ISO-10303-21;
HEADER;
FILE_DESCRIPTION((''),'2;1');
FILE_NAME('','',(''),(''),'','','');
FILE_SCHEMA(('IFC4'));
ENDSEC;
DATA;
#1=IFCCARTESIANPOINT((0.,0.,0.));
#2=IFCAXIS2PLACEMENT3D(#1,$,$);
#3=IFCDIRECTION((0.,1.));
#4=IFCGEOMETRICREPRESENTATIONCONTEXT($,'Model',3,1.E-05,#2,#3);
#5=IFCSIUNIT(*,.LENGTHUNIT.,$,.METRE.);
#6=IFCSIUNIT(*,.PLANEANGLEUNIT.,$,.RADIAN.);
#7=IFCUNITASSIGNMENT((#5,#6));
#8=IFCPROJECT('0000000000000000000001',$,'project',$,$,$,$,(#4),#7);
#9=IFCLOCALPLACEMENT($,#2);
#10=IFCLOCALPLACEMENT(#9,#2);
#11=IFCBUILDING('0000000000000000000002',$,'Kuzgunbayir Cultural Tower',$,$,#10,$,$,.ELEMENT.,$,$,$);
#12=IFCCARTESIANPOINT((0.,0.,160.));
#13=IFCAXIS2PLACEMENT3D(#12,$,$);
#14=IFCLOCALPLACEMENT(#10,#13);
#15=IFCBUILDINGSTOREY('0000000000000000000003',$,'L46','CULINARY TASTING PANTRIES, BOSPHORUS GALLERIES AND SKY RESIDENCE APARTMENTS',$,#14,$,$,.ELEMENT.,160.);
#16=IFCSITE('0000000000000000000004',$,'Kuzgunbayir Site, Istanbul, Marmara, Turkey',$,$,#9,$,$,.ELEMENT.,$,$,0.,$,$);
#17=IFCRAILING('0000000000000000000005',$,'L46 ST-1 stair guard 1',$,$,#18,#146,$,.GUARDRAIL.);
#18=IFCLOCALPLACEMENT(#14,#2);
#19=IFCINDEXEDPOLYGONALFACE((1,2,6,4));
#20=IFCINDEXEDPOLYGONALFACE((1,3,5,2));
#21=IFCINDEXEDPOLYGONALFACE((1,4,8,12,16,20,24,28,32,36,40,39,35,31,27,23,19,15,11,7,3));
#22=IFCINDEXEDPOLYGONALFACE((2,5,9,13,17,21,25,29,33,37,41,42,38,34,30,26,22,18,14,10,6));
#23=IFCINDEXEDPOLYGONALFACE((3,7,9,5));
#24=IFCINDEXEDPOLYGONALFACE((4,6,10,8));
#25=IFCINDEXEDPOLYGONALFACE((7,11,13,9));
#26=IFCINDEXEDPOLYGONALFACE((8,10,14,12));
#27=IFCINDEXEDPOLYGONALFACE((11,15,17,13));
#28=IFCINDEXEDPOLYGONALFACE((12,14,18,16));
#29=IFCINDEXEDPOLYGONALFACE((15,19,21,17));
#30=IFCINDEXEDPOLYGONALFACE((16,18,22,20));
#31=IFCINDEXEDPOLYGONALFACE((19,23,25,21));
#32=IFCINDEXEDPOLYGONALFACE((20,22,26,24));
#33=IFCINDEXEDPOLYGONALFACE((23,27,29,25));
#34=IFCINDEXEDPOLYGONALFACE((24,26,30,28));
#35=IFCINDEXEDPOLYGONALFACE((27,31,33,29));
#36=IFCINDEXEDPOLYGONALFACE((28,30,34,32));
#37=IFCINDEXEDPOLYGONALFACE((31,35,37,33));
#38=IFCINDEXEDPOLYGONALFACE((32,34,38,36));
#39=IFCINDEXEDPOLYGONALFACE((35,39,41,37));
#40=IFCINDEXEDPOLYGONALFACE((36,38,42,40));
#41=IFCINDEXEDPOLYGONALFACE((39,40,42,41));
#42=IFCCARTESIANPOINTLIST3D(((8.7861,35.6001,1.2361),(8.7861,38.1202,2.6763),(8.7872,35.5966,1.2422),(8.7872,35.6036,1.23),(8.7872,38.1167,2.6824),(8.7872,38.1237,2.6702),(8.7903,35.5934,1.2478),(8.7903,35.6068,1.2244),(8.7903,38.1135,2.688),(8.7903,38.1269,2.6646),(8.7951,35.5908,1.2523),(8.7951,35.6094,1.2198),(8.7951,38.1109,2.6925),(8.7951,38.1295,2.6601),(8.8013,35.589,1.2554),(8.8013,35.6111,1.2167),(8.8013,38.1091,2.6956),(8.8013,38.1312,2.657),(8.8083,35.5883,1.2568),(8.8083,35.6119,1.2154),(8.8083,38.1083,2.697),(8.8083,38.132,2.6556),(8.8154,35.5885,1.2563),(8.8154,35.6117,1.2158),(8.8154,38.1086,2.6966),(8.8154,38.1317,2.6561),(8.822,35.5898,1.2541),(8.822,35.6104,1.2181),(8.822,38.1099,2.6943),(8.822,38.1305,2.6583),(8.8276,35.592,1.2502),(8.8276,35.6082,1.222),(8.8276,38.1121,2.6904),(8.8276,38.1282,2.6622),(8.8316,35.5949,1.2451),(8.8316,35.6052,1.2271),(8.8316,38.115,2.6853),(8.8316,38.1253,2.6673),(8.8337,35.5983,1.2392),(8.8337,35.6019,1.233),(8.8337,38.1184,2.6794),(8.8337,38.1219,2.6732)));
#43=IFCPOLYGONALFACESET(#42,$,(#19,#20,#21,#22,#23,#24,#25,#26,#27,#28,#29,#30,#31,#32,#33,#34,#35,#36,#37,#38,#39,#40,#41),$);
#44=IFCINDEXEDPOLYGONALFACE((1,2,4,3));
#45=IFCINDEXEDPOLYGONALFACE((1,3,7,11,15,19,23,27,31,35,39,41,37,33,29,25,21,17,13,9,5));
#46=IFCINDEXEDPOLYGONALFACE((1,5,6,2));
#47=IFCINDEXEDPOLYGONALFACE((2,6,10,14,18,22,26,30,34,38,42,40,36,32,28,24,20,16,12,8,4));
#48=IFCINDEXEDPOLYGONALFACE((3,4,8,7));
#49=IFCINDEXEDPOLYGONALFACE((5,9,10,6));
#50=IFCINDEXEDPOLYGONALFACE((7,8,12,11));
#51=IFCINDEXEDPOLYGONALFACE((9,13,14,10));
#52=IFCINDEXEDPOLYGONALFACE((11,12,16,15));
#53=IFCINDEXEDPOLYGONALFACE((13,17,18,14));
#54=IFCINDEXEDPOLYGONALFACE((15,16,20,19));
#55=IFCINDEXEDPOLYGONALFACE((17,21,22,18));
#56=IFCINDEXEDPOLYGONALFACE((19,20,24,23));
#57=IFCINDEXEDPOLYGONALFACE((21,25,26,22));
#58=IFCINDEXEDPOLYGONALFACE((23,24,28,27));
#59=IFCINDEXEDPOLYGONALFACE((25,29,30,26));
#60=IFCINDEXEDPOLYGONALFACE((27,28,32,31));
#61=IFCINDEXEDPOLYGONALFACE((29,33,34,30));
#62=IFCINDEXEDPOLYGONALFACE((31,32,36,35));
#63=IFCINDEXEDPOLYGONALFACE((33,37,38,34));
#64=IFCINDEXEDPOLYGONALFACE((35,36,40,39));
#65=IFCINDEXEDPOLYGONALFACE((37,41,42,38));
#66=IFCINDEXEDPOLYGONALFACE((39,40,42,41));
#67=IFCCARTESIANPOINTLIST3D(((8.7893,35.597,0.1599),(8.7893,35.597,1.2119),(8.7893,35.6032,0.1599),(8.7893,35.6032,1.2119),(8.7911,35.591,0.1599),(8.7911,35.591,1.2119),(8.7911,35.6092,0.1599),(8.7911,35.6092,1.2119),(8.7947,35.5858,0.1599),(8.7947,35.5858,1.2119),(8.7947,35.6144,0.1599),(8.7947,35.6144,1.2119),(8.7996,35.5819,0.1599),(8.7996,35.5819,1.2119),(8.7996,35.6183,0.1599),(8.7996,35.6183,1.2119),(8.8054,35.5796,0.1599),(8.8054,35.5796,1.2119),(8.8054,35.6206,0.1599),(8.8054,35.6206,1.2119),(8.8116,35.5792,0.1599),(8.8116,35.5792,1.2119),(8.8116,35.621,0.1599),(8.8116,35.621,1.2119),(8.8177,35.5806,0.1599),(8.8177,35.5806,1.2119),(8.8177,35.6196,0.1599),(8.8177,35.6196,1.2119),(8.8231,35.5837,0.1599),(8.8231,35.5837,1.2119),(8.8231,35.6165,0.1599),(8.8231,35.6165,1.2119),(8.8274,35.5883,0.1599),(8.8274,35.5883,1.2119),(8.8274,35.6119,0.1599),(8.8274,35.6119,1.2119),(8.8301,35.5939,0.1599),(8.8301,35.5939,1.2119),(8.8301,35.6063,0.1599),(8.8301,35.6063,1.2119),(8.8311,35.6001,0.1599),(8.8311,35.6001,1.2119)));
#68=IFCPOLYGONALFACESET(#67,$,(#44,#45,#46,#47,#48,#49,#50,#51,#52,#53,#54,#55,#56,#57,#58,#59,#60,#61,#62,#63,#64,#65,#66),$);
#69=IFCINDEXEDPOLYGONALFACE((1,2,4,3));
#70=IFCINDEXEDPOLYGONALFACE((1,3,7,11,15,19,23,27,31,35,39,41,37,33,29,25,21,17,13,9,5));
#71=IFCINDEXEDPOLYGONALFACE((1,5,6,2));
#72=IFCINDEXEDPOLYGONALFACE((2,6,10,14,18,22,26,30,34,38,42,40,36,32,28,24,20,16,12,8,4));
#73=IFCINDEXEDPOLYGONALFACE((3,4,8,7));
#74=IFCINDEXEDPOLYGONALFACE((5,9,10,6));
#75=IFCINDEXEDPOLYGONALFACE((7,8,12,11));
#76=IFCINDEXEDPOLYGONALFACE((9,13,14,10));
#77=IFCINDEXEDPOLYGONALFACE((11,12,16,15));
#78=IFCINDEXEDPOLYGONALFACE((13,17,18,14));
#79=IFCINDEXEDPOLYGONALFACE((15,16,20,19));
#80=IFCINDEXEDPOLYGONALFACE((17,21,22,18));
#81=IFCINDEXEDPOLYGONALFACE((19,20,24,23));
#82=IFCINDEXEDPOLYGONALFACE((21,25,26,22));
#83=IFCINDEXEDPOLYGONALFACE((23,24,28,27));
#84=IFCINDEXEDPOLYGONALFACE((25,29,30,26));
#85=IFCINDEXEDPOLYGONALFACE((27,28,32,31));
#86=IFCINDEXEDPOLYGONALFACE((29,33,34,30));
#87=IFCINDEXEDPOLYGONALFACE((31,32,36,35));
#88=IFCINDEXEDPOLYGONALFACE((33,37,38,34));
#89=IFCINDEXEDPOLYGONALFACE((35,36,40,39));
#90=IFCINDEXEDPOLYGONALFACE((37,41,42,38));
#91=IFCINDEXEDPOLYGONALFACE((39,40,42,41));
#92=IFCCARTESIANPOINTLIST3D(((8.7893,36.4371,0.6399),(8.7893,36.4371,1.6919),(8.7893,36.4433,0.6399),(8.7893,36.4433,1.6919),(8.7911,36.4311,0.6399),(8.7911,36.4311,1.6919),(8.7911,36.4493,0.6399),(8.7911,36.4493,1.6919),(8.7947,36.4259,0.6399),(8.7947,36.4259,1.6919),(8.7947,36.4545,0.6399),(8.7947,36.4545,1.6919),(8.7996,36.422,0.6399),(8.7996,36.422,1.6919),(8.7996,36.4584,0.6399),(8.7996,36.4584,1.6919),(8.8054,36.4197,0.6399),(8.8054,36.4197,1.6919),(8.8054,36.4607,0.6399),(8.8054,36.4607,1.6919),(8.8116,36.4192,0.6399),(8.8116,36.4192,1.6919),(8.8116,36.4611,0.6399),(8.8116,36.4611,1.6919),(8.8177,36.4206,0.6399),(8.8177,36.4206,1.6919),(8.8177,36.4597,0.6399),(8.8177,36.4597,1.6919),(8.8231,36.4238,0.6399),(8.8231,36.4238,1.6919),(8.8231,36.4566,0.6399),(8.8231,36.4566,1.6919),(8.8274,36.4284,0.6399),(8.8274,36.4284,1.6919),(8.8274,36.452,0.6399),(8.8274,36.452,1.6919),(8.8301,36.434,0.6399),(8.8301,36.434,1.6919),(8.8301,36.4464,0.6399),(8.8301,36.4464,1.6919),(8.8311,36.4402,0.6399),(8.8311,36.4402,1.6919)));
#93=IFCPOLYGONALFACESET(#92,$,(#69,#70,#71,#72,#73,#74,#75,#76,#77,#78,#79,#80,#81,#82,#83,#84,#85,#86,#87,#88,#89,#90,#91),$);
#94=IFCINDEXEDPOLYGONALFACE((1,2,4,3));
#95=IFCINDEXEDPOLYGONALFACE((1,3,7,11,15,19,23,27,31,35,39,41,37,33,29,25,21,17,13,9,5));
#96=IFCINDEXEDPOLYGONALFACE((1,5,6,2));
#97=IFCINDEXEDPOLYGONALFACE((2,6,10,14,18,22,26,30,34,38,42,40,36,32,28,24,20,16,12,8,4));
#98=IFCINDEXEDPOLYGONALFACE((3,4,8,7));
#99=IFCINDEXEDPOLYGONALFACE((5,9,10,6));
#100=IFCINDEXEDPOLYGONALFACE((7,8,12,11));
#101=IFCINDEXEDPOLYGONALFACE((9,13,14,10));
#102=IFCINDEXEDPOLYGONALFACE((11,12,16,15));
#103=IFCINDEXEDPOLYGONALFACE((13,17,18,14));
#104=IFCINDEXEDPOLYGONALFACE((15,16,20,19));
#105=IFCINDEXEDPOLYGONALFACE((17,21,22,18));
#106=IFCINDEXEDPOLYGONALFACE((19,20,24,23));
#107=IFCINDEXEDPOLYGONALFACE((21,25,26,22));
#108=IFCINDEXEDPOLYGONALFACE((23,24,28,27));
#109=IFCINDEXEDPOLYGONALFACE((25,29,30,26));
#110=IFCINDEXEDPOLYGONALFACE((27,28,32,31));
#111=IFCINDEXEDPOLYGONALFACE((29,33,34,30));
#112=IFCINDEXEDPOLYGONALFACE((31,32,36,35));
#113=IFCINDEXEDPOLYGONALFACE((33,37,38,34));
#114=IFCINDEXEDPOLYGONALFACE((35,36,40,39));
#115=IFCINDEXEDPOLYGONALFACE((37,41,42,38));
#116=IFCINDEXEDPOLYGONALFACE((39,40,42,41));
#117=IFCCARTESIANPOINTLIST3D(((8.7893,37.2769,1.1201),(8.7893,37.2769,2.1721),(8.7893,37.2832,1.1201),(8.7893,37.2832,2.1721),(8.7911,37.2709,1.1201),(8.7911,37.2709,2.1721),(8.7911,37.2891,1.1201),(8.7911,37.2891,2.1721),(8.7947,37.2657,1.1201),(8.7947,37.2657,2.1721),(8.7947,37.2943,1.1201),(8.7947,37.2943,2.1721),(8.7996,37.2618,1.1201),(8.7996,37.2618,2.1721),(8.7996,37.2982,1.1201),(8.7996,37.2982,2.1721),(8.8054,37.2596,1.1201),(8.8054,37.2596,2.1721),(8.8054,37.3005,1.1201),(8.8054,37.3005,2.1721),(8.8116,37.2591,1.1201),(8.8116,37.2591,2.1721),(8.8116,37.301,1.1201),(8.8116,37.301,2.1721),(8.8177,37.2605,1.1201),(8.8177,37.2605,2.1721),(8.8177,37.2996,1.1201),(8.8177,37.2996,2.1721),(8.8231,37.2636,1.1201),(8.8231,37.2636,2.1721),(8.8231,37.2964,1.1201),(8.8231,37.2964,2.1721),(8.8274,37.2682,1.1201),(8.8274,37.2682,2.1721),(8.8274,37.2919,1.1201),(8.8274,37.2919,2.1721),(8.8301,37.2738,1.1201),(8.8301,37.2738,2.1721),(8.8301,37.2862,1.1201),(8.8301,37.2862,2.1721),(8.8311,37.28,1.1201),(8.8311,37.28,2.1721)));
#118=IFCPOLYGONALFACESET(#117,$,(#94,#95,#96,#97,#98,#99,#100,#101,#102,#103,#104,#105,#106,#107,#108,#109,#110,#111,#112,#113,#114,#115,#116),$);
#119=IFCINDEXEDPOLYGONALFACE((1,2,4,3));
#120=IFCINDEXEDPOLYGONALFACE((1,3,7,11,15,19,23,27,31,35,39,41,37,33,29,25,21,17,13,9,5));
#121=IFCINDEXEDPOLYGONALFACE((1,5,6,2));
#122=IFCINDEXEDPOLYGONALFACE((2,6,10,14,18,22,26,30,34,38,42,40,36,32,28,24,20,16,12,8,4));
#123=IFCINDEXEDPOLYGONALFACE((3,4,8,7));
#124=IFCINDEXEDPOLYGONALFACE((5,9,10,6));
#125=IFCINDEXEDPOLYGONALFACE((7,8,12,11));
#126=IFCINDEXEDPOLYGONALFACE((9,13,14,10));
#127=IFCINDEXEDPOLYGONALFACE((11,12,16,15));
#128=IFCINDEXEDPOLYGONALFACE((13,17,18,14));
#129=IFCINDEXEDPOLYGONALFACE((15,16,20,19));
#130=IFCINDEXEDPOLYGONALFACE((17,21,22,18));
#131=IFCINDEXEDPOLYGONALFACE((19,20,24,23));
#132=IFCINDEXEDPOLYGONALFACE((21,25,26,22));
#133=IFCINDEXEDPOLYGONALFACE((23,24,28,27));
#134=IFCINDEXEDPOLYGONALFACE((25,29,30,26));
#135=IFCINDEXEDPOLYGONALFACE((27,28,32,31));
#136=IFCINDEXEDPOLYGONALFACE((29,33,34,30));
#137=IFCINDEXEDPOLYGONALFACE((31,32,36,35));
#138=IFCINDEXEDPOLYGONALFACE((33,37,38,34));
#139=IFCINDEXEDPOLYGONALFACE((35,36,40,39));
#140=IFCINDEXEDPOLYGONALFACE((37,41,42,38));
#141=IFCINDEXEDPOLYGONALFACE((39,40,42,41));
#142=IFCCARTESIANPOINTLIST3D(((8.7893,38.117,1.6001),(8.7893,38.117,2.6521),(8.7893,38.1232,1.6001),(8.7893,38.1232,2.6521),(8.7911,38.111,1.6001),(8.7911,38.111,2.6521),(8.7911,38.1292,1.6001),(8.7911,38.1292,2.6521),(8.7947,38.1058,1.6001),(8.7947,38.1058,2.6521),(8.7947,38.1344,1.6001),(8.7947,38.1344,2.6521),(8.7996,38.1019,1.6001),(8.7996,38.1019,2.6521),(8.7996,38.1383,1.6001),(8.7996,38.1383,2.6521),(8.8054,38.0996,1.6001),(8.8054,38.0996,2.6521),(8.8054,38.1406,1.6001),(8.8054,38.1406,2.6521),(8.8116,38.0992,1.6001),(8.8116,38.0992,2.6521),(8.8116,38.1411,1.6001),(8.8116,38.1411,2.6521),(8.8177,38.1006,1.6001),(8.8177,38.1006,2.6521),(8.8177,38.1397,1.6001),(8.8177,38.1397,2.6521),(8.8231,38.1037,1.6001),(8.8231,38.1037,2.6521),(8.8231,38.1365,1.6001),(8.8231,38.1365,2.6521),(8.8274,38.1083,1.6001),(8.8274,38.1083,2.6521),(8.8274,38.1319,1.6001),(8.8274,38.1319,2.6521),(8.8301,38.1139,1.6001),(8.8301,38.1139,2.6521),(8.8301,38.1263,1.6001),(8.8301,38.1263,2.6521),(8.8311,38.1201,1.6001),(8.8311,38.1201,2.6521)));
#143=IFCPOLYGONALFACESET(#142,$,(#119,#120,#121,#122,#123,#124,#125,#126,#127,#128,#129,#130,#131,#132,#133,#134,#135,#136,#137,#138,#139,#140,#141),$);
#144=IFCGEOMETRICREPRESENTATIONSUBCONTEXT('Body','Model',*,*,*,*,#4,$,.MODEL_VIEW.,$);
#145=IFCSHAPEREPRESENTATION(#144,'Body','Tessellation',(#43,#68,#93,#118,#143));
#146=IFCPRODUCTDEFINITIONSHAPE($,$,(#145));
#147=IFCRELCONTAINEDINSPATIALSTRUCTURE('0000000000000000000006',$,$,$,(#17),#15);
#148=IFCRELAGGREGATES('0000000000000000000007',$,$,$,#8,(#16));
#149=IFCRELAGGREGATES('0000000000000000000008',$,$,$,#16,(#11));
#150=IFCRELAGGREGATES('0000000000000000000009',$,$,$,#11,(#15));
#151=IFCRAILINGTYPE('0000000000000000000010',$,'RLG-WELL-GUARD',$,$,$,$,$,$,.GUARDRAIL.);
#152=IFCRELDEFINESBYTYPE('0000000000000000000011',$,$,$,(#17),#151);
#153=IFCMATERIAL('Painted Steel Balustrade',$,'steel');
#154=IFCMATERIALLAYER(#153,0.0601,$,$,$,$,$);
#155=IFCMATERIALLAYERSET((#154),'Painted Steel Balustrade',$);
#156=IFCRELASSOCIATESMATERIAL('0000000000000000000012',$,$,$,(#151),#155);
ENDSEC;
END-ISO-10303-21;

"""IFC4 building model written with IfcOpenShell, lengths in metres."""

from ifc_helpers import new_model, si_unit, direction, frame, origin, origin_2d, place, context, subcontext, project, spatial, circle, extrude, material, layer, layer_set, type_object, element, save


model = new_model("IFC4")

# Units and contexts
model_context = context("Model", 3, precision=1e-05, world=origin(), true_north=direction((0.0, 1.0)))
body_context = subcontext(model_context, "Body", "Model", "MODEL_VIEW")
ifc_project = project(units=[si_unit("LENGTHUNIT", "METRE"), si_unit("PLANEANGLEUNIT", "RADIAN")], contexts=[model_context])

# Site, building, storey
site_placement = place(None, origin())
site = spatial("IfcSite", under=ifc_project, at=site_placement, Name="Kuzgunbayir Site, Istanbul, Marmara, Turkey", CompositionType="ELEMENT", RefElevation=0.0)
building_placement = place(site_placement, origin())
building = spatial("IfcBuilding", under=site, at=building_placement, Name="Kuzgunbayir Cultural Tower", CompositionType="ELEMENT")
storey_placement = place(building_placement, frame((0.0, 0.0, 160.0)))
storey = spatial("IfcBuildingStorey", under=building, at=storey_placement, Name="L46", Description="CULINARY TASTING PANTRIES, BOSPHORUS GALLERIES AND SKY RESIDENCE APARTMENTS", CompositionType="ELEMENT", Elevation=160.0)

# Railing
ifc_material_1 = material(Name="Painted Steel Balustrade", Category="steel")
ifc_layer_1 = layer(ifc_material_1, 0.0601)
ifc_layer_set_1 = layer_set([ifc_layer_1], Name="Painted Steel Balustrade")
railing_type_1 = type_object("IfcRailingType", Name="RLG-WELL-GUARD", PredefinedType="GUARDRAIL", material=ifc_layer_set_1)
railing_1_placement = place(storey_placement, frame((8.8101, 35.6001, 0.1599)))
element("IfcRailing", 1, at=railing_1_placement, inside=storey, type_object=railing_type_1, Name="L46 ST-1 stair guard 1", PredefinedType="GUARDRAIL", context=body_context, shape_type="SweptSolid", body=[
    extrude(circle(Radius=0.0239, at=origin_2d()), frame((0.0, 0.0, 1.0762), z_axis=(0.0, 0.868217, 0.496184), x_axis=(-1.0, 0.0, 0.0)), (0.0, 0.0, 1.0), 2.9026),
    extrude(circle(Radius=0.021, at=origin_2d()), origin(), (0.0, 0.0, 1.0), 1.052),
    extrude(circle(Radius=0.021, at=origin_2d()), frame((0.0, 0.8401, 0.48)), (0.0, 0.0, 1.0), 1.052),
    extrude(circle(Radius=0.021, at=origin_2d()), frame((0.0, 1.6799, 0.9602)), (0.0, 0.0, 1.0), 1.052),
    extrude(circle(Radius=0.021, at=origin_2d()), frame((0.0, 2.52, 1.4402)), (0.0, 0.0, 1.0), 1.052),
])

save(model, "model.ifc")
